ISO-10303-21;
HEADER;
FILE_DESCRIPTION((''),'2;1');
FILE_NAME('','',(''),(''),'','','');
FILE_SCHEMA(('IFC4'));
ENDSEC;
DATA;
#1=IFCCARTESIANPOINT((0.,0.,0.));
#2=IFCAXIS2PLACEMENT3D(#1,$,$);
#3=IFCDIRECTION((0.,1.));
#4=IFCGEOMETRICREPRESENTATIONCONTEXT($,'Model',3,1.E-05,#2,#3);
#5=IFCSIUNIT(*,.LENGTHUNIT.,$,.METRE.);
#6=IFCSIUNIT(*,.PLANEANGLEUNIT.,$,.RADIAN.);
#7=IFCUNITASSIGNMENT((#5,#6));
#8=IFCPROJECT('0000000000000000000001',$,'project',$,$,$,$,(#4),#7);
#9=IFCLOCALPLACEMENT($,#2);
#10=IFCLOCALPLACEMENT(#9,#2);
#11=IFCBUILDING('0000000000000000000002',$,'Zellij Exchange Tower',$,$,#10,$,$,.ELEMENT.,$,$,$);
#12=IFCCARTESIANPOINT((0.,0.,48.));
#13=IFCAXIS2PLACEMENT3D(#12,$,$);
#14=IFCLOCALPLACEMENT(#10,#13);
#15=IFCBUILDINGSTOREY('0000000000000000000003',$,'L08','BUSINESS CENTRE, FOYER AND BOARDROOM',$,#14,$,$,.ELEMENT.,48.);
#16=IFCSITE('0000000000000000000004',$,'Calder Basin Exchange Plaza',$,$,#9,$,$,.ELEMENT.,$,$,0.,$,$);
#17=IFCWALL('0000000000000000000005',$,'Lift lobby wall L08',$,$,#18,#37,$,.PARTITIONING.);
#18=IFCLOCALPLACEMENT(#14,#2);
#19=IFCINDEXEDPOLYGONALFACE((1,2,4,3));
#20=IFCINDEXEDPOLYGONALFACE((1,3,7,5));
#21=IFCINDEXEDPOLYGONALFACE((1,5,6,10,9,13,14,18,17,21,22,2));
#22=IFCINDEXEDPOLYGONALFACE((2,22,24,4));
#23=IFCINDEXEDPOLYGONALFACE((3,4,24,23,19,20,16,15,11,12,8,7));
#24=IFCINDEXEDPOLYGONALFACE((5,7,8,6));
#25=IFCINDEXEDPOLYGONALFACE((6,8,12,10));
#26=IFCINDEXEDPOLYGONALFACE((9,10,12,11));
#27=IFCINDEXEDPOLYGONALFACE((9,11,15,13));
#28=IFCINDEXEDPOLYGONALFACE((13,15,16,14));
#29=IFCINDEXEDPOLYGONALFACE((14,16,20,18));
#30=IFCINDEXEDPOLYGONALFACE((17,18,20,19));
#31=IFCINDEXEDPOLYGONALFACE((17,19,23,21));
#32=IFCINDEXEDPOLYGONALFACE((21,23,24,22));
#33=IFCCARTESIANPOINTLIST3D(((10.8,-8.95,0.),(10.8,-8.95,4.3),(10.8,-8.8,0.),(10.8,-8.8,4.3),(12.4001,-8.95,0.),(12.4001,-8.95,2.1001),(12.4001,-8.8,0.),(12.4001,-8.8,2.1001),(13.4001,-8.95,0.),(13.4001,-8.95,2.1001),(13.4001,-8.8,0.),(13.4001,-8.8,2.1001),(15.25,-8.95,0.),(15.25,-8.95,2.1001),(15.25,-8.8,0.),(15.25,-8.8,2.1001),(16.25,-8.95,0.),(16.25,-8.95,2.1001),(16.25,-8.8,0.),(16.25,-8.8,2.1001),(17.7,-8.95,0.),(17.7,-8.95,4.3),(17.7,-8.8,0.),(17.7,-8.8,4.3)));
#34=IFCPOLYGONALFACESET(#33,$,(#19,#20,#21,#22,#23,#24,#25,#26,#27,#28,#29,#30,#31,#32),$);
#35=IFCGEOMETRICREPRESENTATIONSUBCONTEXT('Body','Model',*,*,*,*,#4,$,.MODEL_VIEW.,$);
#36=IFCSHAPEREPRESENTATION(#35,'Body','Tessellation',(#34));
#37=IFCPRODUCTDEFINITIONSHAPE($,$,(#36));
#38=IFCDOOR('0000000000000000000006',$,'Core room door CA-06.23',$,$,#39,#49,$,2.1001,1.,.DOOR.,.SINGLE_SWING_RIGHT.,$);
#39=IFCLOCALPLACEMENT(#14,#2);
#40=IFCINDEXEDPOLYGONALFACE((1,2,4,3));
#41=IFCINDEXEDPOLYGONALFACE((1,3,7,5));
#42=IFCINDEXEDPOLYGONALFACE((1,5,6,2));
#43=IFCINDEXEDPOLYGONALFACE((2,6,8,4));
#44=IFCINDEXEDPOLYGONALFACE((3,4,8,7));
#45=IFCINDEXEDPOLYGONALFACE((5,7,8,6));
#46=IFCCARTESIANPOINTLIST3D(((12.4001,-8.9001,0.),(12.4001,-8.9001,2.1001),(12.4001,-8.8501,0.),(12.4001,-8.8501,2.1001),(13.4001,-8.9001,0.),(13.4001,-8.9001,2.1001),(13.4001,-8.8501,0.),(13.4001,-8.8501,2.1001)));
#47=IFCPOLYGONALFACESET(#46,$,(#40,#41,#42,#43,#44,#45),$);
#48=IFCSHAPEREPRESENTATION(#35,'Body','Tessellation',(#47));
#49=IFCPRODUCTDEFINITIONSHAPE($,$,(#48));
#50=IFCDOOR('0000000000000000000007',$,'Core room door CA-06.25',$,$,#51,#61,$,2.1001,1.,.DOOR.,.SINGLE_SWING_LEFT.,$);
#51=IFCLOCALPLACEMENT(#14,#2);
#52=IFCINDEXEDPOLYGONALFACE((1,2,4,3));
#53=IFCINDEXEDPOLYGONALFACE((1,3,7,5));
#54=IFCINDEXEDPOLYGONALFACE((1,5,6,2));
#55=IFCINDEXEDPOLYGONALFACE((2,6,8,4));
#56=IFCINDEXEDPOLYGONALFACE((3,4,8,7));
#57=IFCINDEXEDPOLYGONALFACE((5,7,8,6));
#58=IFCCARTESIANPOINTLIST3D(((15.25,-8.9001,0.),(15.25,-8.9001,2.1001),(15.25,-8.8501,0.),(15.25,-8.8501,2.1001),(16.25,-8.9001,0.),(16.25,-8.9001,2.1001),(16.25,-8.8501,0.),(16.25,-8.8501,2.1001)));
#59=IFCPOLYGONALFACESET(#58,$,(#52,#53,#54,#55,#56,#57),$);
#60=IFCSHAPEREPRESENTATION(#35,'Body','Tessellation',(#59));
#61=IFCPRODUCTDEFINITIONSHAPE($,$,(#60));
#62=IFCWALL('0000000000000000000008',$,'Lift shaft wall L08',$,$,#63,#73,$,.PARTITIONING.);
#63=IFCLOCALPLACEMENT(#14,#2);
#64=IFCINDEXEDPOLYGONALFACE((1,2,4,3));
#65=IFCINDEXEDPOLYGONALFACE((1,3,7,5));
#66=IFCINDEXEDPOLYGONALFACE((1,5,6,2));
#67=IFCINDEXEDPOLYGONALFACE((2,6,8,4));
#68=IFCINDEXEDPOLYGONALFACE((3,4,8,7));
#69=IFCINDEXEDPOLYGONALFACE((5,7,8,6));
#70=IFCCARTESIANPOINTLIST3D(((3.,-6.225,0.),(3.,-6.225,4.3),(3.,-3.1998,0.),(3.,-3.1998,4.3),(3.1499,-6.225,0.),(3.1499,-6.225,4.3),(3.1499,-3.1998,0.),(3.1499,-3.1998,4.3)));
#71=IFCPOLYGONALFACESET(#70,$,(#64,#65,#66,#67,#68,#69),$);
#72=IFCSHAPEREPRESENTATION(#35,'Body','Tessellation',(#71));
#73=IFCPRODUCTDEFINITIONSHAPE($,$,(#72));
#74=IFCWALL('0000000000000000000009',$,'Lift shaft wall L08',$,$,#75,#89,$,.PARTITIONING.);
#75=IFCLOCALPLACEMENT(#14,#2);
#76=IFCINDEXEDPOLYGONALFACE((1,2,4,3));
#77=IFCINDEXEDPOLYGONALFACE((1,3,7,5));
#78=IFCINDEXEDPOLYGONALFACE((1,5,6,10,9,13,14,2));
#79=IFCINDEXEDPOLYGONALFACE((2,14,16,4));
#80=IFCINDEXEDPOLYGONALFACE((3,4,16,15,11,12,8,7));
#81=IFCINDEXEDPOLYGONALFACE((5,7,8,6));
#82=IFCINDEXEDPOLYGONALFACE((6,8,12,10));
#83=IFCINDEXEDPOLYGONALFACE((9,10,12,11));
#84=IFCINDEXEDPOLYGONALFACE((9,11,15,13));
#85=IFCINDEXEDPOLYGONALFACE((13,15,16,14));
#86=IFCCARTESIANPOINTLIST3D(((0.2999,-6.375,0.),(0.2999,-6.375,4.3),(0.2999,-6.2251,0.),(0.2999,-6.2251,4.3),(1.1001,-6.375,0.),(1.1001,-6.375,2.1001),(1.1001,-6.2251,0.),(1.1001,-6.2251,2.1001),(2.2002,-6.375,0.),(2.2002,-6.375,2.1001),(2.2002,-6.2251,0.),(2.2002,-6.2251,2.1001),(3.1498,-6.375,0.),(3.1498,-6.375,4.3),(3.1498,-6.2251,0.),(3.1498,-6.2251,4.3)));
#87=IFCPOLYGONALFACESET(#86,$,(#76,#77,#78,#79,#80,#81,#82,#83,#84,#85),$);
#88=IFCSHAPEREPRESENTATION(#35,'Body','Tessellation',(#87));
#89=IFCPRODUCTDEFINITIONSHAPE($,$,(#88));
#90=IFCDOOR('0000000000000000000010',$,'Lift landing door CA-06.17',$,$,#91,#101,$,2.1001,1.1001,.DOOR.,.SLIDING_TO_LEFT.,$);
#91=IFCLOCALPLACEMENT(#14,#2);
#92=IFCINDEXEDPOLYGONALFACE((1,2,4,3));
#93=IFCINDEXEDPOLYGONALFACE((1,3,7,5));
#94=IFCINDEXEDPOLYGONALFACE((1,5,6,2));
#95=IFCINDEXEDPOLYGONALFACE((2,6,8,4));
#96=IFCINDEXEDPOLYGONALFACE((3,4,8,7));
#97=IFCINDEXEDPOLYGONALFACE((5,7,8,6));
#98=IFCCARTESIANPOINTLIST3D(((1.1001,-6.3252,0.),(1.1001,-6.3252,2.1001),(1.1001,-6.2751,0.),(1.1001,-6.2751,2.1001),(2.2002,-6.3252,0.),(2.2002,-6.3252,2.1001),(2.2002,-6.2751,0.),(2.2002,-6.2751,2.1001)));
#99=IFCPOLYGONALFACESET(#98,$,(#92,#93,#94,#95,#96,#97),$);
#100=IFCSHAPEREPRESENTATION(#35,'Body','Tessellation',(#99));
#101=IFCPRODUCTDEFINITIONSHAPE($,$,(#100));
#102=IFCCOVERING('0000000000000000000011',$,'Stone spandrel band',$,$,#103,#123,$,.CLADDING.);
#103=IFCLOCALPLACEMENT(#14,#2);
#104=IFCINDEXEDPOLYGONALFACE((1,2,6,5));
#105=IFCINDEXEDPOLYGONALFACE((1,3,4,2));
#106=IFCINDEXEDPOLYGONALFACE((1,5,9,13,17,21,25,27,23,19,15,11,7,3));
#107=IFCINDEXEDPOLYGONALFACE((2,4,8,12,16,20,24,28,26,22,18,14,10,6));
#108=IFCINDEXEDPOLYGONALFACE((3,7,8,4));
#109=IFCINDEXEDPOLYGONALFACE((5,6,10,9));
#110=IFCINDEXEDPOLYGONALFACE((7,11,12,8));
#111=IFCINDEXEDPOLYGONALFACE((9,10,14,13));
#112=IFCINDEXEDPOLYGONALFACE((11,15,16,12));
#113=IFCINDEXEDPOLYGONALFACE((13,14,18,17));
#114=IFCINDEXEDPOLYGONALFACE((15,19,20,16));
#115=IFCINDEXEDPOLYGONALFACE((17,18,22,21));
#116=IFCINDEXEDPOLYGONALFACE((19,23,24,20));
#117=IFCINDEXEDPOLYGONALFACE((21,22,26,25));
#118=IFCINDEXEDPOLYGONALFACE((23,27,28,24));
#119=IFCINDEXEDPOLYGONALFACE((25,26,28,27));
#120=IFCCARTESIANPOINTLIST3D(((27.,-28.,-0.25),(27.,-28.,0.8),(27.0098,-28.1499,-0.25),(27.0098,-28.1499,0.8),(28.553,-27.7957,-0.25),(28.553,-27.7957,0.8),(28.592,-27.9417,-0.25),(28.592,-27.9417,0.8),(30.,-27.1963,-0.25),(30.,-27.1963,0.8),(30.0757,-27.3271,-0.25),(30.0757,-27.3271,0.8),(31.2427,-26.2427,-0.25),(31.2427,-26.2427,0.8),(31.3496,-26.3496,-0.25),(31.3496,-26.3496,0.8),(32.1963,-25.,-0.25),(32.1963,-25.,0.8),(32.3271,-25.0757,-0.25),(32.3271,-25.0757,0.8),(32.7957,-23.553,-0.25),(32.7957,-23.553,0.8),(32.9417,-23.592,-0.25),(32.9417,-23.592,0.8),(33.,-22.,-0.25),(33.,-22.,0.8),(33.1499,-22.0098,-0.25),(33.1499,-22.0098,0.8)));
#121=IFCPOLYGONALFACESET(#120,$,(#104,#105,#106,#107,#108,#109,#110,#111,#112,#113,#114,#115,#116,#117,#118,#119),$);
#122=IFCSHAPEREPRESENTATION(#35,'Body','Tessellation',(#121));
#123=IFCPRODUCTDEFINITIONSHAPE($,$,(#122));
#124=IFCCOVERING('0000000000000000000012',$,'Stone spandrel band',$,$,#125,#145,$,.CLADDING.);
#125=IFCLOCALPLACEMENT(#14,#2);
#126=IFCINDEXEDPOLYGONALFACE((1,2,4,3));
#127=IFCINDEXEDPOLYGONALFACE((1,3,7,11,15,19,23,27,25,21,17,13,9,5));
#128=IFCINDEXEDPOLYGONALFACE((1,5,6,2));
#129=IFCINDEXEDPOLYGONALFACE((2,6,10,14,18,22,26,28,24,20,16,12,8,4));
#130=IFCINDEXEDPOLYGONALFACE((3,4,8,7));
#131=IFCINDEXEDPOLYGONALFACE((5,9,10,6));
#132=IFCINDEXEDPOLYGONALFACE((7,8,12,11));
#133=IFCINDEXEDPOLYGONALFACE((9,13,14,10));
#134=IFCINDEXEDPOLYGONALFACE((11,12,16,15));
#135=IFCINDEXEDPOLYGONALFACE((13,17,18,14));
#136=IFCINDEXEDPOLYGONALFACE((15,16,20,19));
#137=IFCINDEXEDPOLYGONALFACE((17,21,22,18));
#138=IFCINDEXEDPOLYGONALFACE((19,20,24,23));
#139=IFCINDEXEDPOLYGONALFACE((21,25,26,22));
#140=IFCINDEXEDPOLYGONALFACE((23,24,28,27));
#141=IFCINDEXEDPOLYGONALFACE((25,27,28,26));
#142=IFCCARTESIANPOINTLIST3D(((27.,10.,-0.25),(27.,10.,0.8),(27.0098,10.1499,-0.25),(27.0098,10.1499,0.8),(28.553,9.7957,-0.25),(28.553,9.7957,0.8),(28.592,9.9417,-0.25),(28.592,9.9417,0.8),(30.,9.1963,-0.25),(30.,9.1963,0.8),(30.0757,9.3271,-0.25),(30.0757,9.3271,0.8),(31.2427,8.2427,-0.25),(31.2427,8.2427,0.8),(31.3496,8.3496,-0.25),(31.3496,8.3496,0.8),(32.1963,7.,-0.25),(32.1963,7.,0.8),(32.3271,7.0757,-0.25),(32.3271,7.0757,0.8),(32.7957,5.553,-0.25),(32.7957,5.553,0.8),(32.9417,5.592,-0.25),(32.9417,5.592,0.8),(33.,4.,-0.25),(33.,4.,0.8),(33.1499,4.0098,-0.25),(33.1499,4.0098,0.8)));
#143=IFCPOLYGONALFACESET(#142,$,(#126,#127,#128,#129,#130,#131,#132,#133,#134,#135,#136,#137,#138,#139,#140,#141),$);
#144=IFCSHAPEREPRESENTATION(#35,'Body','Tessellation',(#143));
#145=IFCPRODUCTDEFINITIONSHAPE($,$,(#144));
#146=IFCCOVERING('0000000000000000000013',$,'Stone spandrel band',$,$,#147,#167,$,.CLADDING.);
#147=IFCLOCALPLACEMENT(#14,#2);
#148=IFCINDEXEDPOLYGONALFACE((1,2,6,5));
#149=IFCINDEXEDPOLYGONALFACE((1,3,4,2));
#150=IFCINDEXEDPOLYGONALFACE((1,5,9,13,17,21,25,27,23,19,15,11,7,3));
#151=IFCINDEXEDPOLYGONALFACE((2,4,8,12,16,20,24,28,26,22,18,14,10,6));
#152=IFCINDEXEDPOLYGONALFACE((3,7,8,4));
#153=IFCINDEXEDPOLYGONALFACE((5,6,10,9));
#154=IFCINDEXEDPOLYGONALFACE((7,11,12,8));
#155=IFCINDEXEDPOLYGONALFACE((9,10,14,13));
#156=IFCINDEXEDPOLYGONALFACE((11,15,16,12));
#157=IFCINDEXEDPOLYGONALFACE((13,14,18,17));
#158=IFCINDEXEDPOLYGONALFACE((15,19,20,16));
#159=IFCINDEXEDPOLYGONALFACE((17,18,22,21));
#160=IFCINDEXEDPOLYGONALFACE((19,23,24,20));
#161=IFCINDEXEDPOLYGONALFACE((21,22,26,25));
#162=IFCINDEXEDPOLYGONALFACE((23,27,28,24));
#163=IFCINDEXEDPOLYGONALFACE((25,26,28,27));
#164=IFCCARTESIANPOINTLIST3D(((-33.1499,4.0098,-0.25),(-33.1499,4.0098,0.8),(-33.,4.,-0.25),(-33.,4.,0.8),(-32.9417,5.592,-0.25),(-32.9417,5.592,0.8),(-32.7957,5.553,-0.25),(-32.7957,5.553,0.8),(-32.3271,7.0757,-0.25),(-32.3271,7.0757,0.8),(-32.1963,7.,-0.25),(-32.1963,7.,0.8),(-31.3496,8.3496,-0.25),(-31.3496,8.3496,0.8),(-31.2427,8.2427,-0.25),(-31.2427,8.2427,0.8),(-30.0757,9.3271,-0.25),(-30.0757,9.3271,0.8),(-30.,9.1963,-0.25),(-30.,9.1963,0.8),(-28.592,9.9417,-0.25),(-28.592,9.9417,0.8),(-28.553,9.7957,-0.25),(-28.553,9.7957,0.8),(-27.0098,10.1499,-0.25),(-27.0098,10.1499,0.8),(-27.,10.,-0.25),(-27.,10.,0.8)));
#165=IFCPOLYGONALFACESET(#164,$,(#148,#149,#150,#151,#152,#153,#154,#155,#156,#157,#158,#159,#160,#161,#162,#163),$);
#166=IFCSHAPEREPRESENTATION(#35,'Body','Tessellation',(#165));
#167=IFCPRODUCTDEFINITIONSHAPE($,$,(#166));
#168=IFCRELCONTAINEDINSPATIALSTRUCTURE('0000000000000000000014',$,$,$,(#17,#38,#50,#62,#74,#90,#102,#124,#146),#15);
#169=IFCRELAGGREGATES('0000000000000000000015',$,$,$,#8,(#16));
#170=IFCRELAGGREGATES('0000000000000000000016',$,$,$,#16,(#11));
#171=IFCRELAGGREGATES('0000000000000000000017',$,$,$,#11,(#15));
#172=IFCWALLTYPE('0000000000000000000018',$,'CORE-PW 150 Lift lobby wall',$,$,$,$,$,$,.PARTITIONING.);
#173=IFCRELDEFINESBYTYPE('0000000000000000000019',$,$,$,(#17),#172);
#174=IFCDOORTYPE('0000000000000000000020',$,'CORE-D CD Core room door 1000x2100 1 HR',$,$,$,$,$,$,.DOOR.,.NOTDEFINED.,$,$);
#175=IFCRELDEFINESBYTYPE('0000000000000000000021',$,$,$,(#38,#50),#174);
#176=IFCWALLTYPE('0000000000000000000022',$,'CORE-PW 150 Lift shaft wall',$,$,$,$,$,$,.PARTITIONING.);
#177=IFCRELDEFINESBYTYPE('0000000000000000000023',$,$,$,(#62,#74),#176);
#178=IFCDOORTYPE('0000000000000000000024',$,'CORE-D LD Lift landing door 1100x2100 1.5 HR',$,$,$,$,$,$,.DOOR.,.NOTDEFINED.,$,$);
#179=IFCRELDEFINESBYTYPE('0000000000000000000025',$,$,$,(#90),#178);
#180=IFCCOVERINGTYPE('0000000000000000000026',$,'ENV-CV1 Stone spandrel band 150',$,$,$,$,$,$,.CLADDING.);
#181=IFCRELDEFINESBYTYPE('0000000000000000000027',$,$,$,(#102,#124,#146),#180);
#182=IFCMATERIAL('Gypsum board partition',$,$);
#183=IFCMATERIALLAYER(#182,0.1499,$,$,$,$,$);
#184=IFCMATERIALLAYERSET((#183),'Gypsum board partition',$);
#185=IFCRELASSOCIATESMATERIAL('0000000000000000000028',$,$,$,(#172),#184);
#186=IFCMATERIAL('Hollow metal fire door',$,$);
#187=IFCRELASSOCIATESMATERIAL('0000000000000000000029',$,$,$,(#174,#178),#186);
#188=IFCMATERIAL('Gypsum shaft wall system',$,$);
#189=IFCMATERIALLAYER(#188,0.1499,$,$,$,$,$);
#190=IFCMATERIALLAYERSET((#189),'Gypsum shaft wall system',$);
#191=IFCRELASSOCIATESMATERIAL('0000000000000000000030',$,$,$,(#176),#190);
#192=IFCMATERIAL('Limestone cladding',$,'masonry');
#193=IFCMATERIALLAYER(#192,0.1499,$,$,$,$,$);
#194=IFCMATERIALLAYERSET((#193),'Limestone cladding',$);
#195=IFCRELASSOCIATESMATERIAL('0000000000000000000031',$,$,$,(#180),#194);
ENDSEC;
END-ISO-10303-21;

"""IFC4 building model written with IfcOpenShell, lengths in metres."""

from ifc_helpers import new_model, si_unit, direction, frame, frame_2d, origin, place, context, subcontext, project, spatial, polyline, rectangle, outline, extrude, material, layer, layer_set, type_object, element, fill, save


model = new_model("IFC4")

# Units and contexts
model_context = context("Model", 3, precision=1e-05, world=origin(), true_north=direction((0.0, 1.0)))
body_context = subcontext(model_context, "Body", "Model", "MODEL_VIEW")
ifc_project = project(units=[si_unit("LENGTHUNIT", "METRE"), si_unit("PLANEANGLEUNIT", "RADIAN")], contexts=[model_context])

# Site, building, storey
site_placement = place(None, origin())
site = spatial("IfcSite", under=ifc_project, at=site_placement, Name="Calder Basin Exchange Plaza", CompositionType="ELEMENT", RefElevation=0.0)
building_placement = place(site_placement, origin())
building = spatial("IfcBuilding", under=site, at=building_placement, Name="Zellij Exchange Tower", CompositionType="ELEMENT")
storey_placement = place(building_placement, frame((0.0, 0.0, 48.0)))
storey = spatial("IfcBuildingStorey", under=building, at=storey_placement, Name="L08", Description="BUSINESS CENTRE, FOYER AND BOARDROOM", CompositionType="ELEMENT", Elevation=48.0)

# Shared definitions
ifc_material_1 = material(Name="Gypsum shaft wall system")
ifc_material_2 = material(Name="Hollow metal fire door")

# Shared definitions
ifc_material_3 = material(Name="Gypsum board partition")
ifc_layer_1 = layer(ifc_material_3, 0.1499)
ifc_layer_set_1 = layer_set([ifc_layer_1], Name="Gypsum board partition")
wall_type_1 = type_object("IfcWallType", Name="CORE-PW 150 Lift lobby wall", PredefinedType="PARTITIONING", material=ifc_layer_set_1)

# Wall, openings, doors
door_type_1 = type_object("IfcDoorType", Name="CORE-D CD Core room door 1000x2100 1 HR", OperationType="NOTDEFINED", PredefinedType="DOOR", material=ifc_material_2)
wall_1_placement = place(storey_placement, frame((10.8, -8.875, 0.0), z_axis=(0.0, 0.0, 1.0), x_axis=(1.0, 0.0, 0.0)))
wall_1 = element("IfcWall", 1, at=wall_1_placement, inside=storey, type_object=wall_type_1, Name="Lift lobby wall L08", PredefinedType="PARTITIONING", context=body_context, shape_type="SweptSolid", body=[
    extrude(rectangle(XDim=6.8999, YDim=0.1499, at=frame_2d((3.45, 0.0))), origin(), (0.0, 0.0, 1.0), 4.3),
])
opening_1_placement = place(wall_1_placement, frame((1.6001, 0.0, 0.0)))
opening_1 = element("IfcOpeningElement", 2, at=opening_1_placement, cuts=wall_1, PredefinedType="OPENING", context=body_context, shape_type="SweptSolid", body=[
    extrude(rectangle(XDim=1.0, YDim=2.1001, at=frame_2d((0.5, 1.05))), frame((0.0, 0.0869, 0.0), z_axis=(0.0, -1.0, 0.0), x_axis=(1.0, 0.0, 0.0)), (0.0, 0.0, 1.0), 0.1738),
])
opening_2_placement = place(wall_1_placement, frame((4.45, 0.0, 0.0)))
opening_2 = element("IfcOpeningElement", 3, at=opening_2_placement, cuts=wall_1, PredefinedType="OPENING", context=body_context, shape_type="SweptSolid", body=[
    extrude(rectangle(XDim=1.0, YDim=2.1001, at=frame_2d((0.5, 1.05))), frame((0.0, 0.0869, 0.0), z_axis=(0.0, -1.0, 0.0), x_axis=(1.0, 0.0, 0.0)), (0.0, 0.0, 1.0), 0.1738),
])
door_1_placement = place(opening_1_placement, origin())
door_1 = element("IfcDoor", 4, at=door_1_placement, inside=storey, type_object=door_type_1, Name="Core room door CA-06.23", OperationType="SINGLE_SWING_RIGHT", OverallHeight=2.1001, OverallWidth=1.0, PredefinedType="DOOR", context=body_context, shape_type="SweptSolid", body=[
    extrude(rectangle(XDim=1.0, YDim=2.1001, at=frame_2d((0.5, 1.05))), frame((0.0, 0.0249, 0.0), z_axis=(0.0, -1.0, 0.0), x_axis=(1.0, 0.0, 0.0)), (0.0, 0.0, 1.0), 0.05),
])
fill(opening_1, door_1)
door_2_placement = place(opening_2_placement, origin())
door_2 = element("IfcDoor", 5, at=door_2_placement, inside=storey, type_object=door_type_1, Name="Core room door CA-06.25", OperationType="SINGLE_SWING_LEFT", OverallHeight=2.1001, OverallWidth=1.0, PredefinedType="DOOR", context=body_context, shape_type="SweptSolid", body=[
    extrude(rectangle(XDim=1.0, YDim=2.1001, at=frame_2d((0.5, 1.05))), frame((0.0, 0.0249, 0.0), z_axis=(0.0, -1.0, 0.0), x_axis=(1.0, 0.0, 0.0)), (0.0, 0.0, 1.0), 0.05),
])
fill(opening_2, door_2)

# Wall
ifc_layer_2 = layer(ifc_material_1, 0.1499)
ifc_layer_set_2 = layer_set([ifc_layer_2], Name="Gypsum shaft wall system")
wall_type_2 = type_object("IfcWallType", Name="CORE-PW 150 Lift shaft wall", PredefinedType="PARTITIONING", material=ifc_layer_set_2)
wall_2_placement = place(storey_placement, frame((3.075, -6.2251, 0.0), z_axis=(0.0, 0.0, 1.0), x_axis=(0.0, 1.0, 0.0)))
element("IfcWall", 6, at=wall_2_placement, inside=storey, type_object=wall_type_2, Name="Lift shaft wall L08", PredefinedType="PARTITIONING", context=body_context, shape_type="SweptSolid", body=[
    extrude(rectangle(XDim=3.0251, YDim=0.1499, at=frame_2d((1.5127, 0.0))), origin(), (0.0, 0.0, 1.0), 4.3),
])

# Wall, opening, door
wall_3_placement = place(storey_placement, frame((0.3, -6.3, 0.0), z_axis=(0.0, 0.0, 1.0), x_axis=(1.0, 0.0, 0.0)))
wall_3 = element("IfcWall", 7, at=wall_3_placement, inside=storey, type_object=wall_type_2, Name="Lift shaft wall L08", PredefinedType="PARTITIONING", context=body_context, shape_type="SweptSolid", body=[
    extrude(rectangle(XDim=2.8499, YDim=0.1499, at=frame_2d((1.4248, 0.0))), origin(), (0.0, 0.0, 1.0), 4.3),
])
opening_3_placement = place(wall_3_placement, frame((0.8, 0.0, 0.0)))
opening_3 = element("IfcOpeningElement", 8, at=opening_3_placement, cuts=wall_3, PredefinedType="OPENING", context=body_context, shape_type="SweptSolid", body=[
    extrude(rectangle(XDim=1.1001, YDim=2.1001, at=frame_2d((0.55, 1.05))), frame((0.0, 0.0869, 0.0), z_axis=(0.0, -1.0, 0.0), x_axis=(1.0, 0.0, 0.0)), (0.0, 0.0, 1.0), 0.1738),
])
door_type_2 = type_object("IfcDoorType", Name="CORE-D LD Lift landing door 1100x2100 1.5 HR", OperationType="NOTDEFINED", PredefinedType="DOOR", material=ifc_material_2)
door_3_placement = place(opening_3_placement, origin())
door_3 = element("IfcDoor", 9, at=door_3_placement, inside=storey, type_object=door_type_2, Name="Lift landing door CA-06.17", OperationType="SLIDING_TO_LEFT", OverallHeight=2.1001, OverallWidth=1.1001, PredefinedType="DOOR", context=body_context, shape_type="SweptSolid", body=[
    extrude(rectangle(XDim=1.1001, YDim=2.1001, at=frame_2d((0.55, 1.05))), frame((0.0, 0.0249, 0.0), z_axis=(0.0, -1.0, 0.0), x_axis=(1.0, 0.0, 0.0)), (0.0, 0.0, 1.0), 0.05),
])
fill(opening_3, door_3)

# Coverings
ifc_material_4 = material(Name="Limestone cladding", Category="masonry")
ifc_layer_3 = layer(ifc_material_4, 0.1499)
ifc_layer_set_3 = layer_set([ifc_layer_3], Name="Limestone cladding")
covering_type = type_object("IfcCoveringType", Name="ENV-CV1 Stone spandrel band 150", PredefinedType="CLADDING", material=ifc_layer_set_3)
covering_1_placement = place(storey_placement, frame((0.0, 0.0, -0.25)))
element("IfcCovering", 10, at=covering_1_placement, inside=storey, type_object=covering_type, Name="Stone spandrel band", PredefinedType="CLADDING", context=body_context, shape_type="SweptSolid", body=[
    extrude(outline(polyline([(27.0, -28.0), (28.553, -27.7957), (30.0, -27.1963), (31.2427, -26.2427), (32.1963, -25.0), (32.7957, -23.553), (33.0, -22.0), (33.1499, -22.0098), (32.9417, -23.592), (32.3271, -25.0757), (31.3496, -26.3496), (30.0757, -27.3271), (28.592, -27.9417), (27.0098, -28.1499), (27.0, -28.0)])), origin(), (0.0, 0.0, 1.0), 1.05),
])
covering_2_placement = place(storey_placement, frame((0.0, 0.0, -0.25)))
element("IfcCovering", 11, at=covering_2_placement, inside=storey, type_object=covering_type, Name="Stone spandrel band", PredefinedType="CLADDING", context=body_context, shape_type="SweptSolid", body=[
    extrude(outline(polyline([(33.0, 4.0), (32.7957, 5.553), (32.1963, 7.0), (31.2427, 8.2427), (30.0, 9.1963), (28.553, 9.7957), (27.0, 10.0), (27.0098, 10.1499), (28.592, 9.9417), (30.0757, 9.3271), (31.3496, 8.3496), (32.3271, 7.0757), (32.9417, 5.592), (33.1499, 4.0098), (33.0, 4.0)])), origin(), (0.0, 0.0, 1.0), 1.05),
])
covering_3_placement = place(storey_placement, frame((0.0, 0.0, -0.25)))
element("IfcCovering", 12, at=covering_3_placement, inside=storey, type_object=covering_type, Name="Stone spandrel band", PredefinedType="CLADDING", context=body_context, shape_type="SweptSolid", body=[
    extrude(outline(polyline([(-27.0, 10.0), (-28.553, 9.7957), (-30.0, 9.1963), (-31.2427, 8.2427), (-32.1963, 7.0), (-32.7957, 5.553), (-33.0, 4.0), (-33.1499, 4.0098), (-32.9417, 5.592), (-32.3271, 7.0757), (-31.3496, 8.3496), (-30.0757, 9.3271), (-28.592, 9.9417), (-27.0098, 10.1499), (-27.0, 10.0)])), origin(), (0.0, 0.0, 1.0), 1.05),
])

save(model, "model.ifc")
